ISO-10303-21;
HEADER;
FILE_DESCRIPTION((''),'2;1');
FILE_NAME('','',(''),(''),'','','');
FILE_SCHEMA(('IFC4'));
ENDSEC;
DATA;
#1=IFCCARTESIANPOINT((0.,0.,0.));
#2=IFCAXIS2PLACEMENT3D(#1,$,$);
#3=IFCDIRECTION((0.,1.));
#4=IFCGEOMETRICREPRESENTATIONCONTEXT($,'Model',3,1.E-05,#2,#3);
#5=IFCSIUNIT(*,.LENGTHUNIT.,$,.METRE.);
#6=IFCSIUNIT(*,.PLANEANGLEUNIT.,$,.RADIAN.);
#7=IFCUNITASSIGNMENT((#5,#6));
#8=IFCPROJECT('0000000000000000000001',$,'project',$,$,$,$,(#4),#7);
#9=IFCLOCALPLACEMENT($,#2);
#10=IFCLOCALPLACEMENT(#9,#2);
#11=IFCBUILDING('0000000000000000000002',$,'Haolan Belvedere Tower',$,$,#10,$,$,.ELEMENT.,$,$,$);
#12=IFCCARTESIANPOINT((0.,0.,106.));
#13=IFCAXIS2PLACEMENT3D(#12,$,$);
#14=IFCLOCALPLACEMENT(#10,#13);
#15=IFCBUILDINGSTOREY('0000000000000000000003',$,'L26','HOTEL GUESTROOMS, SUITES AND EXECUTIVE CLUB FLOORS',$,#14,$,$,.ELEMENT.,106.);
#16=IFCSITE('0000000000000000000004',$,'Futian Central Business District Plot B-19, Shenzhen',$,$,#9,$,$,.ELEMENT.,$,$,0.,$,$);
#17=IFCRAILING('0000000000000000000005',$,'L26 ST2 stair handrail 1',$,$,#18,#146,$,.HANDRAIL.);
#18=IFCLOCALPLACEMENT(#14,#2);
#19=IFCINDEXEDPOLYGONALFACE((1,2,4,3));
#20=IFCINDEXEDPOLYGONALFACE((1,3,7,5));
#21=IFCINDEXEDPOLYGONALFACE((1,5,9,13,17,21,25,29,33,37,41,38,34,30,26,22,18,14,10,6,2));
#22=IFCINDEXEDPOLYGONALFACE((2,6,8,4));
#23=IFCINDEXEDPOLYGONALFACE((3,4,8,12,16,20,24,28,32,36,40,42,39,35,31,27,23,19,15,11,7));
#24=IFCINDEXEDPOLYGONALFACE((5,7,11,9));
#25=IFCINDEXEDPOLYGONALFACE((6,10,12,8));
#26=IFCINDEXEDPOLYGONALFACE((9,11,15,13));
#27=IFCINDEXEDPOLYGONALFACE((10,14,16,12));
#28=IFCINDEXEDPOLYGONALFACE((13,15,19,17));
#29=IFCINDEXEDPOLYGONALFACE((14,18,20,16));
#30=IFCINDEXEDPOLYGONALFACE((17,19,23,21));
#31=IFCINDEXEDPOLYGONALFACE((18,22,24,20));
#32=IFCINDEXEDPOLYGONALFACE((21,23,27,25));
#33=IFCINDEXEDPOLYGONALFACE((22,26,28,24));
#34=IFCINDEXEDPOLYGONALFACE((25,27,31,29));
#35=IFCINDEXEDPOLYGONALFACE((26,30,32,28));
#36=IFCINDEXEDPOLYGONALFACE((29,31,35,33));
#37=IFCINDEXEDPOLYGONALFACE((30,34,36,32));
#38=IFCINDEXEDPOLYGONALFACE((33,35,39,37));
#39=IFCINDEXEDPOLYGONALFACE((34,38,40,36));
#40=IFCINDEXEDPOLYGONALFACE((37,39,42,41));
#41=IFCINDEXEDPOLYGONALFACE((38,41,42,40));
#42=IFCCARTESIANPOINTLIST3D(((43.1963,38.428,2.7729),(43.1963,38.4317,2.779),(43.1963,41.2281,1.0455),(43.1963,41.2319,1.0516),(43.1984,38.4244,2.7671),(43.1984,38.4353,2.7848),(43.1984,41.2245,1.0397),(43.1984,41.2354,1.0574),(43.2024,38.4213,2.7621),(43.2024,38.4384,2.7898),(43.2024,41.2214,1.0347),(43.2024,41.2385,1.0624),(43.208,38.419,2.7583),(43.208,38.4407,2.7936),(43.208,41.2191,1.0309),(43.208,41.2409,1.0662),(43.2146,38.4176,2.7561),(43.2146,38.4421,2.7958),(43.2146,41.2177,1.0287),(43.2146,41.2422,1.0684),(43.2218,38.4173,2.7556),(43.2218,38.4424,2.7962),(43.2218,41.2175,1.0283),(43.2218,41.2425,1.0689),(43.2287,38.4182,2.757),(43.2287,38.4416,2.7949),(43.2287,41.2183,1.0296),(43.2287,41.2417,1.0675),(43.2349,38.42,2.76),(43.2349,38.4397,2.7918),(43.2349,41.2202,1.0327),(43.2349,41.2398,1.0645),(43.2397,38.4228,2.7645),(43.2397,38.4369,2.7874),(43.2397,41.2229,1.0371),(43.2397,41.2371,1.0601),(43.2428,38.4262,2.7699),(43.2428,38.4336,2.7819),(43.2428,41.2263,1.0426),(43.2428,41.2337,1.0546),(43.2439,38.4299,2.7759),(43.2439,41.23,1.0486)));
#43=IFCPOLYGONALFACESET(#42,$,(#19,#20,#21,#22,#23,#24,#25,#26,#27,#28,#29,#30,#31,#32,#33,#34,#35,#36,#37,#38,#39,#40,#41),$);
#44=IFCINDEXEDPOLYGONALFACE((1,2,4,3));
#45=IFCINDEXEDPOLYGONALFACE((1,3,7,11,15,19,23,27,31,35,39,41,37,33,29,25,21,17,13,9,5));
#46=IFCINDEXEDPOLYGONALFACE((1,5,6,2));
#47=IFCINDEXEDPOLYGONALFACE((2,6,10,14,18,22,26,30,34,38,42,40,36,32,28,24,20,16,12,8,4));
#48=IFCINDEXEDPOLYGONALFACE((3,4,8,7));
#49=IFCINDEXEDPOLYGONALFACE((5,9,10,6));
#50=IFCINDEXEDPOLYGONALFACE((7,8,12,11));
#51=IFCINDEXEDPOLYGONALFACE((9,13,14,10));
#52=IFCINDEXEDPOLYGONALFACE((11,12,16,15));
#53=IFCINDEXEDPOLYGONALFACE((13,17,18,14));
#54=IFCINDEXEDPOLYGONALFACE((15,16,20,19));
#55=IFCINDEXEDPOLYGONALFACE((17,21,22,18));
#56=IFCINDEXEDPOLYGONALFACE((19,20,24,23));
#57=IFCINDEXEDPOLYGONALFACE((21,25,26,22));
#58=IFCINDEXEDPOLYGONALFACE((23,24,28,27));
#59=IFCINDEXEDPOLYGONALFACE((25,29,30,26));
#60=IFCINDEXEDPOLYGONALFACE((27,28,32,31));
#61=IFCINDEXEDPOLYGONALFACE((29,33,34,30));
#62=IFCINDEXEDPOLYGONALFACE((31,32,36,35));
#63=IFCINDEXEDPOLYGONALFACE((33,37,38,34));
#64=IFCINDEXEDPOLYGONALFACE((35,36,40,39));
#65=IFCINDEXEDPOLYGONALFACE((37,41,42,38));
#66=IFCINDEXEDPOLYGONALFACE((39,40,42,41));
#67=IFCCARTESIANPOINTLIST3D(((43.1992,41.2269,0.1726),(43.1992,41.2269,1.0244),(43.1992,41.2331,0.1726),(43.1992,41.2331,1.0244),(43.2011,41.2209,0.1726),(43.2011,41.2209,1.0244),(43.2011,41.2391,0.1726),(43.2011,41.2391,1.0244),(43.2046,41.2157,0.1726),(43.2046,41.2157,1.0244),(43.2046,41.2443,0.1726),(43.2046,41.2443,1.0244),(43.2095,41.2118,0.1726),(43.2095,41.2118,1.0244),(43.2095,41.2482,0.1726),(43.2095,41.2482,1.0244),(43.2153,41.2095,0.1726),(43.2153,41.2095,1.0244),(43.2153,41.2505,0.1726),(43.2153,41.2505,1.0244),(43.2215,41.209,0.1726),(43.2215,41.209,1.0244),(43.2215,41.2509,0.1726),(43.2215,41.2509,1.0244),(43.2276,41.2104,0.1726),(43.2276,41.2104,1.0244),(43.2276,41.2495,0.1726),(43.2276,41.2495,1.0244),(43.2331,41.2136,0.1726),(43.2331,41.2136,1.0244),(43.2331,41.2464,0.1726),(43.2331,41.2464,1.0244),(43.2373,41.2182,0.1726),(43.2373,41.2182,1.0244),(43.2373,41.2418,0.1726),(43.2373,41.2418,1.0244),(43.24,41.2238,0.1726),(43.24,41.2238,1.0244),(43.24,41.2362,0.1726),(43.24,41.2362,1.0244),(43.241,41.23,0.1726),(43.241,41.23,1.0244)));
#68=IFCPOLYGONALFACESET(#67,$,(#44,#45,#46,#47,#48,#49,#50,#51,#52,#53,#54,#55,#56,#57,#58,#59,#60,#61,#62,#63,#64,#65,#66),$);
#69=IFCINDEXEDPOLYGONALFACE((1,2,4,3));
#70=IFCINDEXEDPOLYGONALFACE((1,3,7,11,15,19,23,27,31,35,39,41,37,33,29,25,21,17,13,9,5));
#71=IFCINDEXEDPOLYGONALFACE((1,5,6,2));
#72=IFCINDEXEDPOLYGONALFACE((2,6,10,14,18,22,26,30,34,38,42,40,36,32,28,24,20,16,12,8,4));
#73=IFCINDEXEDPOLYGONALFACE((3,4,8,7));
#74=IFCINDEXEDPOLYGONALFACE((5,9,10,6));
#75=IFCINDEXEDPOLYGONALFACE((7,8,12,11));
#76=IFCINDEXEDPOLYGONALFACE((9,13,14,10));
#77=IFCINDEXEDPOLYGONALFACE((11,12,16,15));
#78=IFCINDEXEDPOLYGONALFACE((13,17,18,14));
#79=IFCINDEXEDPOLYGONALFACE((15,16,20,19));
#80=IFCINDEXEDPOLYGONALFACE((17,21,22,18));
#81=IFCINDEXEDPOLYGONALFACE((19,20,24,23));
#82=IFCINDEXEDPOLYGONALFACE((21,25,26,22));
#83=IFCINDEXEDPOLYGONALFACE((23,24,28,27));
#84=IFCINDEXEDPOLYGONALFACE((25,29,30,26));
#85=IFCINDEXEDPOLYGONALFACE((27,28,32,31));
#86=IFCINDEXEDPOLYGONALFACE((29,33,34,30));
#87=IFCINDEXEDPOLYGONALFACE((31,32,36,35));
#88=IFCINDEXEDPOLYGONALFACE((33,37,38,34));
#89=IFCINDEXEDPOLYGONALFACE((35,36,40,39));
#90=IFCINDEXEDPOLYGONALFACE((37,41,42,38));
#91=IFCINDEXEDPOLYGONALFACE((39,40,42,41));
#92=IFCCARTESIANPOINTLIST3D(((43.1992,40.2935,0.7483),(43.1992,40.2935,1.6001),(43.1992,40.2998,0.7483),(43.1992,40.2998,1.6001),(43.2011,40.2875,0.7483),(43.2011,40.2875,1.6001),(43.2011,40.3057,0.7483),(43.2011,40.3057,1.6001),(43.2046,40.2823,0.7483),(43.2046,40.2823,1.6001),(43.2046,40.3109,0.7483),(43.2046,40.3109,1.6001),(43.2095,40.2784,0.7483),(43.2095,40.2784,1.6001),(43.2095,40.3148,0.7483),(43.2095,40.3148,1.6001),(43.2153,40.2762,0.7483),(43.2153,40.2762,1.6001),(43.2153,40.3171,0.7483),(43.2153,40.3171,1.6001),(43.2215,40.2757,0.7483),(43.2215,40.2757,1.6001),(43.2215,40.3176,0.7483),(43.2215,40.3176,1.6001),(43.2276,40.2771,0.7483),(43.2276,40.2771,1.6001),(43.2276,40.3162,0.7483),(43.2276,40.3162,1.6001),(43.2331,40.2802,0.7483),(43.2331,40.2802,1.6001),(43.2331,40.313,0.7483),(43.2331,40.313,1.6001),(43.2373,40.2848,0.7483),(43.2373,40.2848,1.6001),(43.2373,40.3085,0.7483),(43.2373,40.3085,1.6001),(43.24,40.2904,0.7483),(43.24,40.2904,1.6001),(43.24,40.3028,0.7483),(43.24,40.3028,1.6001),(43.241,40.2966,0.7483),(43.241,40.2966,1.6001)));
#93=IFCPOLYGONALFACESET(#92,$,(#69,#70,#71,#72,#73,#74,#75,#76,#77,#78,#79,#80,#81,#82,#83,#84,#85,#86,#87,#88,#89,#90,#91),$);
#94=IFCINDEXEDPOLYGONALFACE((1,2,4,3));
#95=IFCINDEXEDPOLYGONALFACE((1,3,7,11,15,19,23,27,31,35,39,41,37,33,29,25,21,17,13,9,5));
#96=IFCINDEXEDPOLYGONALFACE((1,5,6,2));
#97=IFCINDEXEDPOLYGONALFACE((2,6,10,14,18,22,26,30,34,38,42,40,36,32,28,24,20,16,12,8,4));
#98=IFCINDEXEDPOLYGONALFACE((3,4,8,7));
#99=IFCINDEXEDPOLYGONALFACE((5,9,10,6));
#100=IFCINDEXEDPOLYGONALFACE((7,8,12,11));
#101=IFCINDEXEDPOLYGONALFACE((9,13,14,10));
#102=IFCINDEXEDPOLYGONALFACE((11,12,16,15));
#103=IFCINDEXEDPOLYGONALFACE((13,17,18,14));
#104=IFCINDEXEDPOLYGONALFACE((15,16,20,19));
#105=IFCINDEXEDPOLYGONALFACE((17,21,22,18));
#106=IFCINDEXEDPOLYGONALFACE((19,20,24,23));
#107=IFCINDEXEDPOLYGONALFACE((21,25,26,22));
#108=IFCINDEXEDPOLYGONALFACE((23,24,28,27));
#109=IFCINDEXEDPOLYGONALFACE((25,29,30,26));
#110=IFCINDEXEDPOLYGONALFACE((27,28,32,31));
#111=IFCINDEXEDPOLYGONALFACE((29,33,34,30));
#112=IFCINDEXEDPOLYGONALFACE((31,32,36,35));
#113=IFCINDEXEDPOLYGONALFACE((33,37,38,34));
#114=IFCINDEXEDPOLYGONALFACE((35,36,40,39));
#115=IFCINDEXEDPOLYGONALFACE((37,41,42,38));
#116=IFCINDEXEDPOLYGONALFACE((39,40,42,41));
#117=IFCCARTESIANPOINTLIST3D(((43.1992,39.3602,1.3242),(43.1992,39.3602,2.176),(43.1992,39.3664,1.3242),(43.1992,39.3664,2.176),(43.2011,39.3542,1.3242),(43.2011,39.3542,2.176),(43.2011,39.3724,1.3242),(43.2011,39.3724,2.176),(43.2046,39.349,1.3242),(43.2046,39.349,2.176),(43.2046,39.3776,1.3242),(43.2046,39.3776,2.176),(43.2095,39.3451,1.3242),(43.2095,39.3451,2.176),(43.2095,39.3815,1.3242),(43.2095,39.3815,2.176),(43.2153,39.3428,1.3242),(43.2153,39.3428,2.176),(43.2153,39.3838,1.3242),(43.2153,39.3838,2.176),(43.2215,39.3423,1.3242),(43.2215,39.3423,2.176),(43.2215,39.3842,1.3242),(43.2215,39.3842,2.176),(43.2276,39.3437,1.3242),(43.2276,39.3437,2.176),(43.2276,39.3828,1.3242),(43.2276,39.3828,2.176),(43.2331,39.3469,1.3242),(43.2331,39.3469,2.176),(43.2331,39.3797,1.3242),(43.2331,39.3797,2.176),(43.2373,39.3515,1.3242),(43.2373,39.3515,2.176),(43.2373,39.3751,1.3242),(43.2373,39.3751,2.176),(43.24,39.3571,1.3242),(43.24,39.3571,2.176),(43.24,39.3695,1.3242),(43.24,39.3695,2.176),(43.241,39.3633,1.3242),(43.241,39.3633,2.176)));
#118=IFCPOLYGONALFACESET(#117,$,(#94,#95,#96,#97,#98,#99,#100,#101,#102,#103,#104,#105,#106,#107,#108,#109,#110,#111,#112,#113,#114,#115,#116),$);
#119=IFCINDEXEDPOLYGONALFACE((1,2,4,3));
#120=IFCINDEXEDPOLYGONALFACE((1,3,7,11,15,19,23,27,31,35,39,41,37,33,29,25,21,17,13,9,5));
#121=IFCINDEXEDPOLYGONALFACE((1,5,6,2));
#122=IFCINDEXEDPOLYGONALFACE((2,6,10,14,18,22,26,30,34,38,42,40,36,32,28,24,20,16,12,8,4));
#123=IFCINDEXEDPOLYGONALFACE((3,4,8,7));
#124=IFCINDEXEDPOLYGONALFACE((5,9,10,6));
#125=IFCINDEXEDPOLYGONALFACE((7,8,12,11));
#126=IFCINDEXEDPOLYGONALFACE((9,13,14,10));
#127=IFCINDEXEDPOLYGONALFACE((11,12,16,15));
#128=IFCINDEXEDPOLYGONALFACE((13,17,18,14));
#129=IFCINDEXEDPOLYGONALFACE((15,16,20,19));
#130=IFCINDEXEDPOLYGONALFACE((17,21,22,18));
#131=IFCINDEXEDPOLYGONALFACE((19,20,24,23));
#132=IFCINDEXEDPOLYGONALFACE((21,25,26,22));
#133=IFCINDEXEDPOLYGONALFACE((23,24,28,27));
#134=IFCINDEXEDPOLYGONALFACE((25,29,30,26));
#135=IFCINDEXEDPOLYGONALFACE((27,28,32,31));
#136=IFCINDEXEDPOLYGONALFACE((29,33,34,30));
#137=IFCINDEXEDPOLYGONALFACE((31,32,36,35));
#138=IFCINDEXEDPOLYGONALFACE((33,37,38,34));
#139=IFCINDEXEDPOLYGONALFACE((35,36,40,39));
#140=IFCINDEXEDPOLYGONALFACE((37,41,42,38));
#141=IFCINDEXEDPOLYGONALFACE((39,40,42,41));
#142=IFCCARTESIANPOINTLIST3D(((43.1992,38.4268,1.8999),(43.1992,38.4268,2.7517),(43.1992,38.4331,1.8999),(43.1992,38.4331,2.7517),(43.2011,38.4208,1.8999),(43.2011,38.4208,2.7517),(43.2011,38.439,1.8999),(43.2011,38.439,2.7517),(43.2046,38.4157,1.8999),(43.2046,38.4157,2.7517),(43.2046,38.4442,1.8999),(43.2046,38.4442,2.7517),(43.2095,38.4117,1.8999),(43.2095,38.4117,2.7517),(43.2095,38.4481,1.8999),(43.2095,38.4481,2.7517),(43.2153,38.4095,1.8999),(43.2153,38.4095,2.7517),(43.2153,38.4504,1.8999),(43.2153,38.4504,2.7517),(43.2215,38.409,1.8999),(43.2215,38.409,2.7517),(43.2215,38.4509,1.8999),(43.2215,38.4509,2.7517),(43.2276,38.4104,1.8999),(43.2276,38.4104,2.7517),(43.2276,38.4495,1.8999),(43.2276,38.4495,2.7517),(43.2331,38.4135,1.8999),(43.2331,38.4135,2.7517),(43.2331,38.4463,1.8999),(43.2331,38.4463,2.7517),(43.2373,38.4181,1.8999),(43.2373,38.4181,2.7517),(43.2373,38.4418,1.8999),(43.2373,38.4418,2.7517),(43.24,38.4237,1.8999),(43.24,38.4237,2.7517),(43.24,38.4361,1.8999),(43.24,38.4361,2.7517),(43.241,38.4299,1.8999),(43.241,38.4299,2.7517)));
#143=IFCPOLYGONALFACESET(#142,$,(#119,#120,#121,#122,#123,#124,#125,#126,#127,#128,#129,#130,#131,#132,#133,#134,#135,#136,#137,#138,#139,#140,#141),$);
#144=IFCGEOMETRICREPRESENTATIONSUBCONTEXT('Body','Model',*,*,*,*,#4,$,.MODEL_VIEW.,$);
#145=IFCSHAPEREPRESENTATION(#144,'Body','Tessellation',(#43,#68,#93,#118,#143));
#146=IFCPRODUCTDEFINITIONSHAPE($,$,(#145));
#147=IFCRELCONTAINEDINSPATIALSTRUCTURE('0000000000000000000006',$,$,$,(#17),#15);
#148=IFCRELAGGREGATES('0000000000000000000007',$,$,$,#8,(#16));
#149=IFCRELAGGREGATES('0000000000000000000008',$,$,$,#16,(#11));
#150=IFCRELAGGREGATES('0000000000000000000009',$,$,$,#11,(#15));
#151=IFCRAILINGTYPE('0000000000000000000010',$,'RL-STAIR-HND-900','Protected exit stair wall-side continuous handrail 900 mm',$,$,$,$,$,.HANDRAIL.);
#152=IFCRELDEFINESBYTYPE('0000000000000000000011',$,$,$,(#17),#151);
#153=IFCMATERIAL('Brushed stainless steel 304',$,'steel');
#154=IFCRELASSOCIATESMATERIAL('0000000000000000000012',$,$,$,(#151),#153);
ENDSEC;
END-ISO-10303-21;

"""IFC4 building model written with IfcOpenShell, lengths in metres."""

from ifc_helpers import new_model, si_unit, direction, frame, origin, origin_2d, place, context, subcontext, project, spatial, circle, extrude, material, type_object, element, save


model = new_model("IFC4")

# Units and contexts
model_context = context("Model", 3, precision=1e-05, world=origin(), true_north=direction((0.0, 1.0)))
body_context = subcontext(model_context, "Body", "Model", "MODEL_VIEW")
ifc_project = project(units=[si_unit("LENGTHUNIT", "METRE"), si_unit("PLANEANGLEUNIT", "RADIAN")], contexts=[model_context])

# Site, building, storey
site_placement = place(None, origin())
site = spatial("IfcSite", under=ifc_project, at=site_placement, Name="Futian Central Business District Plot B-19, Shenzhen", CompositionType="ELEMENT", RefElevation=0.0)
building_placement = place(site_placement, origin())
building = spatial("IfcBuilding", under=site, at=building_placement, Name="Haolan Belvedere Tower", CompositionType="ELEMENT")
storey_placement = place(building_placement, frame((0.0, 0.0, 106.0)))
storey = spatial("IfcBuildingStorey", under=building, at=storey_placement, Name="L26", Description="HOTEL GUESTROOMS, SUITES AND EXECUTIVE CLUB FLOORS", CompositionType="ELEMENT", Elevation=106.0)

# Railing
ifc_material_1 = material(Name="Brushed stainless steel 304", Category="steel")
railing_type_1 = type_object("IfcRailingType", Name="RL-STAIR-HND-900", Description="Protected exit stair wall-side continuous handrail 900 mm", PredefinedType="HANDRAIL", material=ifc_material_1)
railing_1_placement = place(storey_placement, frame((43.22, 41.23, 0.1726)))
element("IfcRailing", 1, at=railing_1_placement, inside=storey, type_object=railing_type_1, Name="L26 ST2 stair handrail 1", PredefinedType="HANDRAIL", context=body_context, shape_type="SweptSolid", body=[
    extrude(circle(Radius=0.0239, at=origin_2d()), frame((0.0, 0.0, 0.876), z_axis=(0.0, -0.85109, 0.52502), x_axis=(1.0, 0.0, 0.0)), (0.0, 0.0, 1.0), 3.29),
    extrude(circle(Radius=0.021, at=origin_2d()), origin(), (0.0, 0.0, 1.0), 0.8518),
    extrude(circle(Radius=0.021, at=origin_2d()), frame((0.0, -0.9333, 0.5757)), (0.0, 0.0, 1.0), 0.8518),
    extrude(circle(Radius=0.021, at=origin_2d()), frame((0.0, -1.8667, 1.1516)), (0.0, 0.0, 1.0), 0.8518),
    extrude(circle(Radius=0.021, at=origin_2d()), frame((0.0, -2.8, 1.7273)), (0.0, 0.0, 1.0), 0.8518),
])

save(model, "model.ifc")
